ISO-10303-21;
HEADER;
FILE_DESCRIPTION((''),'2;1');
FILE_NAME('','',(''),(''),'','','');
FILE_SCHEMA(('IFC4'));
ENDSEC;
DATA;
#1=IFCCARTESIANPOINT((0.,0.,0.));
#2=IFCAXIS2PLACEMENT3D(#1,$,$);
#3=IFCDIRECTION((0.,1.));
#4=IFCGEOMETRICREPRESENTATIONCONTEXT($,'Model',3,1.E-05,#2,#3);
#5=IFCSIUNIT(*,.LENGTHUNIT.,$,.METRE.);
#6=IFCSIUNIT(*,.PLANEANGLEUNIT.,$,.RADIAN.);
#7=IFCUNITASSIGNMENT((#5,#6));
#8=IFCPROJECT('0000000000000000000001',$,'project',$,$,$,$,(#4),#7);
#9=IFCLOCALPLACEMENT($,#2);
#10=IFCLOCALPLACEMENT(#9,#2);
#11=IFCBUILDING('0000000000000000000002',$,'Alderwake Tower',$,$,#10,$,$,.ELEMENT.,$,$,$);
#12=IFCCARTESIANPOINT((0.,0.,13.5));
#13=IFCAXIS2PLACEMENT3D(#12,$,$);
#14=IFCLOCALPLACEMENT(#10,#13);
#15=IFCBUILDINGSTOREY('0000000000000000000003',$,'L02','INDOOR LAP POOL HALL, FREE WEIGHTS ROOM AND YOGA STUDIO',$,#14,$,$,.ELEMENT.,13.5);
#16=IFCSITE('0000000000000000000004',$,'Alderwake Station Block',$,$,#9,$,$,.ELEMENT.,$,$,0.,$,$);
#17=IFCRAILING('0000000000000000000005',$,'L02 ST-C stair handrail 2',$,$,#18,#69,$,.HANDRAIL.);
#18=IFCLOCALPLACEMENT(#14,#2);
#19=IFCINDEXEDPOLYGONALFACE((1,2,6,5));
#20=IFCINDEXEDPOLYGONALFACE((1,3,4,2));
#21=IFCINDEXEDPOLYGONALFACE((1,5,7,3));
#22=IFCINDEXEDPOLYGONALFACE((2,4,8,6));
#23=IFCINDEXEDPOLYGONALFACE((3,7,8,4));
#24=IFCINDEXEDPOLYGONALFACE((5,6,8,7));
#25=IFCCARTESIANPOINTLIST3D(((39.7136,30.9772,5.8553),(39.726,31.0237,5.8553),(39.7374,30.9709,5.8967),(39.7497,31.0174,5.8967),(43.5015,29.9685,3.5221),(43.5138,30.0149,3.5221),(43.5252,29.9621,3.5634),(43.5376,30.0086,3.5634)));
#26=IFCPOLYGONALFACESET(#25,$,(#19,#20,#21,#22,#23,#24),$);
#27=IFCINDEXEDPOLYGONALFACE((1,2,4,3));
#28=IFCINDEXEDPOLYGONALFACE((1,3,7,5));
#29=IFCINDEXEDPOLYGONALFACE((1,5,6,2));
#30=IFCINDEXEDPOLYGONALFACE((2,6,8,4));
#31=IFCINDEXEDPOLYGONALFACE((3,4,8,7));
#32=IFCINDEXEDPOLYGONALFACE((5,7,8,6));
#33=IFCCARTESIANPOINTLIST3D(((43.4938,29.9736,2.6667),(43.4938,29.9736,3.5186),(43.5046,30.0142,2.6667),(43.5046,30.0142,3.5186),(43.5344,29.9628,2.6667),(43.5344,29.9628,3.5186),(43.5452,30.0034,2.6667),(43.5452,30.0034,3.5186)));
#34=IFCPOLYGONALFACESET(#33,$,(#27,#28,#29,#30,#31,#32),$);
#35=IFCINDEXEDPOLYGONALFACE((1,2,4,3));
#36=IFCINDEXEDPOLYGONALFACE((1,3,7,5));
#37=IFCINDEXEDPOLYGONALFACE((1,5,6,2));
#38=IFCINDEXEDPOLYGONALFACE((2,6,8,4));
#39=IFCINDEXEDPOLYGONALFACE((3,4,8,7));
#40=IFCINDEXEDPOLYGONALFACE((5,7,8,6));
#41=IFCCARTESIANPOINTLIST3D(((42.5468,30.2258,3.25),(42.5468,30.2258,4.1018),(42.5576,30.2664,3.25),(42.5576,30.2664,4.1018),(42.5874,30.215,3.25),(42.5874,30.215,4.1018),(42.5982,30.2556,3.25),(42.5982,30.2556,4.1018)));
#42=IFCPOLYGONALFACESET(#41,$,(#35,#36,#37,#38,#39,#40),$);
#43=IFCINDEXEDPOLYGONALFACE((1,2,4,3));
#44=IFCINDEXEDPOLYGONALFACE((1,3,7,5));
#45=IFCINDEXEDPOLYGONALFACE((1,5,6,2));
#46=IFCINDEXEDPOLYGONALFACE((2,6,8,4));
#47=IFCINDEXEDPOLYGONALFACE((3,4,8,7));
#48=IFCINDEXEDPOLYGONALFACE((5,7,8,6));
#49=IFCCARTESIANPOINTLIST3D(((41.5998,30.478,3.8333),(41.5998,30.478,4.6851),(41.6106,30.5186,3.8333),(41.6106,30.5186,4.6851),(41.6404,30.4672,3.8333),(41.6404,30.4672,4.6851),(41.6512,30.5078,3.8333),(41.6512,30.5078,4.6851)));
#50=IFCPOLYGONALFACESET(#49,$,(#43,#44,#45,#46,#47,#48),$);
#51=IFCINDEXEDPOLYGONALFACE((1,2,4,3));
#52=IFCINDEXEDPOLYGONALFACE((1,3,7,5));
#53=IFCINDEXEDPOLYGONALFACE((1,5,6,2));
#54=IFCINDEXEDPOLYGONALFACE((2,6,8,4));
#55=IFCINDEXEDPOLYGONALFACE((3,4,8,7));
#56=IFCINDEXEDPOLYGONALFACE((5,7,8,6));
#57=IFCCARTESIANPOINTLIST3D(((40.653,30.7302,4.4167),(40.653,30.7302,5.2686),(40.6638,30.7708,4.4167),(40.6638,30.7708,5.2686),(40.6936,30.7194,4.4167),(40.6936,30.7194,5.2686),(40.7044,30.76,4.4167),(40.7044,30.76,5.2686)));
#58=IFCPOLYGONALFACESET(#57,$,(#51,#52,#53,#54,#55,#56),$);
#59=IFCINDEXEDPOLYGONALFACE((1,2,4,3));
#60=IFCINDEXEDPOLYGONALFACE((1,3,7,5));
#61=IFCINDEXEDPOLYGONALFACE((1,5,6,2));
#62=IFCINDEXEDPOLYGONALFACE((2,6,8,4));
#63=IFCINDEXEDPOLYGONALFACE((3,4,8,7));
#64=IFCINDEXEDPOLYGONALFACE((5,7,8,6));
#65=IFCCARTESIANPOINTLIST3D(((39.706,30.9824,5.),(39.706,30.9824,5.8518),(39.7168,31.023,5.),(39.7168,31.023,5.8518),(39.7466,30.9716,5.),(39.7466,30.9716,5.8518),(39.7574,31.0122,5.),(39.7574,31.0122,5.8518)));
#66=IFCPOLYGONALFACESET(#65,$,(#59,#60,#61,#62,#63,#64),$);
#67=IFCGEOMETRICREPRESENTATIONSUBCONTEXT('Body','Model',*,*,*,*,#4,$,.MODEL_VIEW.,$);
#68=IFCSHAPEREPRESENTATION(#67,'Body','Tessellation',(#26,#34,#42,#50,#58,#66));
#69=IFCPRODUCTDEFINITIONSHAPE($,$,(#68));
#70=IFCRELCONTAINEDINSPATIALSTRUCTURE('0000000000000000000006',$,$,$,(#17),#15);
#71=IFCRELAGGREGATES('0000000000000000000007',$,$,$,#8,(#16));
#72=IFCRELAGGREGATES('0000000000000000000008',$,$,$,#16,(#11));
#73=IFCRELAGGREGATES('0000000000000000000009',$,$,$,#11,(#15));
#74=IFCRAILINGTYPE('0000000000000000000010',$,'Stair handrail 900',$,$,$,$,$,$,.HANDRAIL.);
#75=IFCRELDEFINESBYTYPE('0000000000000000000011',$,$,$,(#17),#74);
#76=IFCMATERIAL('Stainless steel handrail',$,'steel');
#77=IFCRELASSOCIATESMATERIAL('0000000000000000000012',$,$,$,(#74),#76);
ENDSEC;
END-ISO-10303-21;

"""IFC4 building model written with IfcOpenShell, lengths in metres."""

from ifc_helpers import new_model, si_unit, direction, frame, origin, origin_2d, place, context, subcontext, project, spatial, rectangle, extrude, material, type_object, element, save


model = new_model("IFC4")

# Units and contexts
model_context = context("Model", 3, precision=1e-05, world=origin(), true_north=direction((0.0, 1.0)))
body_context = subcontext(model_context, "Body", "Model", "MODEL_VIEW")
ifc_project = project(units=[si_unit("LENGTHUNIT", "METRE"), si_unit("PLANEANGLEUNIT", "RADIAN")], contexts=[model_context])

# Site, building, storey
site_placement = place(None, origin())
site = spatial("IfcSite", under=ifc_project, at=site_placement, Name="Alderwake Station Block", CompositionType="ELEMENT", RefElevation=0.0)
building_placement = place(site_placement, origin())
building = spatial("IfcBuilding", under=site, at=building_placement, Name="Alderwake Tower", CompositionType="ELEMENT")
storey_placement = place(building_placement, frame((0.0, 0.0, 13.5)))
storey = spatial("IfcBuildingStorey", under=building, at=storey_placement, Name="L02", Description="INDOOR LAP POOL HALL, FREE WEIGHTS ROOM AND YOGA STUDIO", CompositionType="ELEMENT", Elevation=13.5)

# Railing
ifc_material_1 = material(Name="Stainless steel handrail", Category="steel")
railing_type_1 = type_object("IfcRailingType", Name="Stair handrail 900", PredefinedType="HANDRAIL", material=ifc_material_1)
railing_1_placement = place(storey_placement, frame((43.5195, 29.9885, 2.6667)))
element("IfcRailing", 1, at=railing_1_placement, inside=storey, type_object=railing_type_1, Name="L02 ST-C stair handrail 2", PredefinedType="HANDRAIL", context=body_context, shape_type="SweptSolid", body=[
    extrude(rectangle(XDim=0.0481, YDim=0.0481, at=origin_2d()), frame((0.0, 0.0, 0.876), z_axis=(-0.83035, 0.221141, 0.511483), x_axis=(-0.257353, -0.966318, 0.0)), (0.0, 0.0, 1.0), 4.5618),
    extrude(rectangle(XDim=0.042, YDim=0.042, at=origin_2d()), frame((0.0, 0.0, 0.0), z_axis=(0.0, 0.0, 1.0), x_axis=(-0.966318, 0.257353, 0.0)), (0.0, 0.0, 1.0), 0.8518),
    extrude(rectangle(XDim=0.042, YDim=0.042, at=origin_2d()), frame((-0.947, 0.2522, 0.5833), z_axis=(0.0, 0.0, 1.0), x_axis=(-0.966318, 0.257353, 0.0)), (0.0, 0.0, 1.0), 0.8518),
    extrude(rectangle(XDim=0.042, YDim=0.042, at=origin_2d()), frame((-1.894, 0.5044, 1.1665), z_axis=(0.0, 0.0, 1.0), x_axis=(-0.966318, 0.257353, 0.0)), (0.0, 0.0, 1.0), 0.8518),
    extrude(rectangle(XDim=0.042, YDim=0.042, at=origin_2d()), frame((-2.8408, 0.7566, 1.75), z_axis=(0.0, 0.0, 1.0), x_axis=(-0.966318, 0.257353, 0.0)), (0.0, 0.0, 1.0), 0.8518),
    extrude(rectangle(XDim=0.042, YDim=0.042, at=origin_2d()), frame((-3.7878, 1.0088, 2.3333), z_axis=(0.0, 0.0, 1.0), x_axis=(-0.966318, 0.257353, 0.0)), (0.0, 0.0, 1.0), 0.8518),
])

save(model, "model.ifc")
